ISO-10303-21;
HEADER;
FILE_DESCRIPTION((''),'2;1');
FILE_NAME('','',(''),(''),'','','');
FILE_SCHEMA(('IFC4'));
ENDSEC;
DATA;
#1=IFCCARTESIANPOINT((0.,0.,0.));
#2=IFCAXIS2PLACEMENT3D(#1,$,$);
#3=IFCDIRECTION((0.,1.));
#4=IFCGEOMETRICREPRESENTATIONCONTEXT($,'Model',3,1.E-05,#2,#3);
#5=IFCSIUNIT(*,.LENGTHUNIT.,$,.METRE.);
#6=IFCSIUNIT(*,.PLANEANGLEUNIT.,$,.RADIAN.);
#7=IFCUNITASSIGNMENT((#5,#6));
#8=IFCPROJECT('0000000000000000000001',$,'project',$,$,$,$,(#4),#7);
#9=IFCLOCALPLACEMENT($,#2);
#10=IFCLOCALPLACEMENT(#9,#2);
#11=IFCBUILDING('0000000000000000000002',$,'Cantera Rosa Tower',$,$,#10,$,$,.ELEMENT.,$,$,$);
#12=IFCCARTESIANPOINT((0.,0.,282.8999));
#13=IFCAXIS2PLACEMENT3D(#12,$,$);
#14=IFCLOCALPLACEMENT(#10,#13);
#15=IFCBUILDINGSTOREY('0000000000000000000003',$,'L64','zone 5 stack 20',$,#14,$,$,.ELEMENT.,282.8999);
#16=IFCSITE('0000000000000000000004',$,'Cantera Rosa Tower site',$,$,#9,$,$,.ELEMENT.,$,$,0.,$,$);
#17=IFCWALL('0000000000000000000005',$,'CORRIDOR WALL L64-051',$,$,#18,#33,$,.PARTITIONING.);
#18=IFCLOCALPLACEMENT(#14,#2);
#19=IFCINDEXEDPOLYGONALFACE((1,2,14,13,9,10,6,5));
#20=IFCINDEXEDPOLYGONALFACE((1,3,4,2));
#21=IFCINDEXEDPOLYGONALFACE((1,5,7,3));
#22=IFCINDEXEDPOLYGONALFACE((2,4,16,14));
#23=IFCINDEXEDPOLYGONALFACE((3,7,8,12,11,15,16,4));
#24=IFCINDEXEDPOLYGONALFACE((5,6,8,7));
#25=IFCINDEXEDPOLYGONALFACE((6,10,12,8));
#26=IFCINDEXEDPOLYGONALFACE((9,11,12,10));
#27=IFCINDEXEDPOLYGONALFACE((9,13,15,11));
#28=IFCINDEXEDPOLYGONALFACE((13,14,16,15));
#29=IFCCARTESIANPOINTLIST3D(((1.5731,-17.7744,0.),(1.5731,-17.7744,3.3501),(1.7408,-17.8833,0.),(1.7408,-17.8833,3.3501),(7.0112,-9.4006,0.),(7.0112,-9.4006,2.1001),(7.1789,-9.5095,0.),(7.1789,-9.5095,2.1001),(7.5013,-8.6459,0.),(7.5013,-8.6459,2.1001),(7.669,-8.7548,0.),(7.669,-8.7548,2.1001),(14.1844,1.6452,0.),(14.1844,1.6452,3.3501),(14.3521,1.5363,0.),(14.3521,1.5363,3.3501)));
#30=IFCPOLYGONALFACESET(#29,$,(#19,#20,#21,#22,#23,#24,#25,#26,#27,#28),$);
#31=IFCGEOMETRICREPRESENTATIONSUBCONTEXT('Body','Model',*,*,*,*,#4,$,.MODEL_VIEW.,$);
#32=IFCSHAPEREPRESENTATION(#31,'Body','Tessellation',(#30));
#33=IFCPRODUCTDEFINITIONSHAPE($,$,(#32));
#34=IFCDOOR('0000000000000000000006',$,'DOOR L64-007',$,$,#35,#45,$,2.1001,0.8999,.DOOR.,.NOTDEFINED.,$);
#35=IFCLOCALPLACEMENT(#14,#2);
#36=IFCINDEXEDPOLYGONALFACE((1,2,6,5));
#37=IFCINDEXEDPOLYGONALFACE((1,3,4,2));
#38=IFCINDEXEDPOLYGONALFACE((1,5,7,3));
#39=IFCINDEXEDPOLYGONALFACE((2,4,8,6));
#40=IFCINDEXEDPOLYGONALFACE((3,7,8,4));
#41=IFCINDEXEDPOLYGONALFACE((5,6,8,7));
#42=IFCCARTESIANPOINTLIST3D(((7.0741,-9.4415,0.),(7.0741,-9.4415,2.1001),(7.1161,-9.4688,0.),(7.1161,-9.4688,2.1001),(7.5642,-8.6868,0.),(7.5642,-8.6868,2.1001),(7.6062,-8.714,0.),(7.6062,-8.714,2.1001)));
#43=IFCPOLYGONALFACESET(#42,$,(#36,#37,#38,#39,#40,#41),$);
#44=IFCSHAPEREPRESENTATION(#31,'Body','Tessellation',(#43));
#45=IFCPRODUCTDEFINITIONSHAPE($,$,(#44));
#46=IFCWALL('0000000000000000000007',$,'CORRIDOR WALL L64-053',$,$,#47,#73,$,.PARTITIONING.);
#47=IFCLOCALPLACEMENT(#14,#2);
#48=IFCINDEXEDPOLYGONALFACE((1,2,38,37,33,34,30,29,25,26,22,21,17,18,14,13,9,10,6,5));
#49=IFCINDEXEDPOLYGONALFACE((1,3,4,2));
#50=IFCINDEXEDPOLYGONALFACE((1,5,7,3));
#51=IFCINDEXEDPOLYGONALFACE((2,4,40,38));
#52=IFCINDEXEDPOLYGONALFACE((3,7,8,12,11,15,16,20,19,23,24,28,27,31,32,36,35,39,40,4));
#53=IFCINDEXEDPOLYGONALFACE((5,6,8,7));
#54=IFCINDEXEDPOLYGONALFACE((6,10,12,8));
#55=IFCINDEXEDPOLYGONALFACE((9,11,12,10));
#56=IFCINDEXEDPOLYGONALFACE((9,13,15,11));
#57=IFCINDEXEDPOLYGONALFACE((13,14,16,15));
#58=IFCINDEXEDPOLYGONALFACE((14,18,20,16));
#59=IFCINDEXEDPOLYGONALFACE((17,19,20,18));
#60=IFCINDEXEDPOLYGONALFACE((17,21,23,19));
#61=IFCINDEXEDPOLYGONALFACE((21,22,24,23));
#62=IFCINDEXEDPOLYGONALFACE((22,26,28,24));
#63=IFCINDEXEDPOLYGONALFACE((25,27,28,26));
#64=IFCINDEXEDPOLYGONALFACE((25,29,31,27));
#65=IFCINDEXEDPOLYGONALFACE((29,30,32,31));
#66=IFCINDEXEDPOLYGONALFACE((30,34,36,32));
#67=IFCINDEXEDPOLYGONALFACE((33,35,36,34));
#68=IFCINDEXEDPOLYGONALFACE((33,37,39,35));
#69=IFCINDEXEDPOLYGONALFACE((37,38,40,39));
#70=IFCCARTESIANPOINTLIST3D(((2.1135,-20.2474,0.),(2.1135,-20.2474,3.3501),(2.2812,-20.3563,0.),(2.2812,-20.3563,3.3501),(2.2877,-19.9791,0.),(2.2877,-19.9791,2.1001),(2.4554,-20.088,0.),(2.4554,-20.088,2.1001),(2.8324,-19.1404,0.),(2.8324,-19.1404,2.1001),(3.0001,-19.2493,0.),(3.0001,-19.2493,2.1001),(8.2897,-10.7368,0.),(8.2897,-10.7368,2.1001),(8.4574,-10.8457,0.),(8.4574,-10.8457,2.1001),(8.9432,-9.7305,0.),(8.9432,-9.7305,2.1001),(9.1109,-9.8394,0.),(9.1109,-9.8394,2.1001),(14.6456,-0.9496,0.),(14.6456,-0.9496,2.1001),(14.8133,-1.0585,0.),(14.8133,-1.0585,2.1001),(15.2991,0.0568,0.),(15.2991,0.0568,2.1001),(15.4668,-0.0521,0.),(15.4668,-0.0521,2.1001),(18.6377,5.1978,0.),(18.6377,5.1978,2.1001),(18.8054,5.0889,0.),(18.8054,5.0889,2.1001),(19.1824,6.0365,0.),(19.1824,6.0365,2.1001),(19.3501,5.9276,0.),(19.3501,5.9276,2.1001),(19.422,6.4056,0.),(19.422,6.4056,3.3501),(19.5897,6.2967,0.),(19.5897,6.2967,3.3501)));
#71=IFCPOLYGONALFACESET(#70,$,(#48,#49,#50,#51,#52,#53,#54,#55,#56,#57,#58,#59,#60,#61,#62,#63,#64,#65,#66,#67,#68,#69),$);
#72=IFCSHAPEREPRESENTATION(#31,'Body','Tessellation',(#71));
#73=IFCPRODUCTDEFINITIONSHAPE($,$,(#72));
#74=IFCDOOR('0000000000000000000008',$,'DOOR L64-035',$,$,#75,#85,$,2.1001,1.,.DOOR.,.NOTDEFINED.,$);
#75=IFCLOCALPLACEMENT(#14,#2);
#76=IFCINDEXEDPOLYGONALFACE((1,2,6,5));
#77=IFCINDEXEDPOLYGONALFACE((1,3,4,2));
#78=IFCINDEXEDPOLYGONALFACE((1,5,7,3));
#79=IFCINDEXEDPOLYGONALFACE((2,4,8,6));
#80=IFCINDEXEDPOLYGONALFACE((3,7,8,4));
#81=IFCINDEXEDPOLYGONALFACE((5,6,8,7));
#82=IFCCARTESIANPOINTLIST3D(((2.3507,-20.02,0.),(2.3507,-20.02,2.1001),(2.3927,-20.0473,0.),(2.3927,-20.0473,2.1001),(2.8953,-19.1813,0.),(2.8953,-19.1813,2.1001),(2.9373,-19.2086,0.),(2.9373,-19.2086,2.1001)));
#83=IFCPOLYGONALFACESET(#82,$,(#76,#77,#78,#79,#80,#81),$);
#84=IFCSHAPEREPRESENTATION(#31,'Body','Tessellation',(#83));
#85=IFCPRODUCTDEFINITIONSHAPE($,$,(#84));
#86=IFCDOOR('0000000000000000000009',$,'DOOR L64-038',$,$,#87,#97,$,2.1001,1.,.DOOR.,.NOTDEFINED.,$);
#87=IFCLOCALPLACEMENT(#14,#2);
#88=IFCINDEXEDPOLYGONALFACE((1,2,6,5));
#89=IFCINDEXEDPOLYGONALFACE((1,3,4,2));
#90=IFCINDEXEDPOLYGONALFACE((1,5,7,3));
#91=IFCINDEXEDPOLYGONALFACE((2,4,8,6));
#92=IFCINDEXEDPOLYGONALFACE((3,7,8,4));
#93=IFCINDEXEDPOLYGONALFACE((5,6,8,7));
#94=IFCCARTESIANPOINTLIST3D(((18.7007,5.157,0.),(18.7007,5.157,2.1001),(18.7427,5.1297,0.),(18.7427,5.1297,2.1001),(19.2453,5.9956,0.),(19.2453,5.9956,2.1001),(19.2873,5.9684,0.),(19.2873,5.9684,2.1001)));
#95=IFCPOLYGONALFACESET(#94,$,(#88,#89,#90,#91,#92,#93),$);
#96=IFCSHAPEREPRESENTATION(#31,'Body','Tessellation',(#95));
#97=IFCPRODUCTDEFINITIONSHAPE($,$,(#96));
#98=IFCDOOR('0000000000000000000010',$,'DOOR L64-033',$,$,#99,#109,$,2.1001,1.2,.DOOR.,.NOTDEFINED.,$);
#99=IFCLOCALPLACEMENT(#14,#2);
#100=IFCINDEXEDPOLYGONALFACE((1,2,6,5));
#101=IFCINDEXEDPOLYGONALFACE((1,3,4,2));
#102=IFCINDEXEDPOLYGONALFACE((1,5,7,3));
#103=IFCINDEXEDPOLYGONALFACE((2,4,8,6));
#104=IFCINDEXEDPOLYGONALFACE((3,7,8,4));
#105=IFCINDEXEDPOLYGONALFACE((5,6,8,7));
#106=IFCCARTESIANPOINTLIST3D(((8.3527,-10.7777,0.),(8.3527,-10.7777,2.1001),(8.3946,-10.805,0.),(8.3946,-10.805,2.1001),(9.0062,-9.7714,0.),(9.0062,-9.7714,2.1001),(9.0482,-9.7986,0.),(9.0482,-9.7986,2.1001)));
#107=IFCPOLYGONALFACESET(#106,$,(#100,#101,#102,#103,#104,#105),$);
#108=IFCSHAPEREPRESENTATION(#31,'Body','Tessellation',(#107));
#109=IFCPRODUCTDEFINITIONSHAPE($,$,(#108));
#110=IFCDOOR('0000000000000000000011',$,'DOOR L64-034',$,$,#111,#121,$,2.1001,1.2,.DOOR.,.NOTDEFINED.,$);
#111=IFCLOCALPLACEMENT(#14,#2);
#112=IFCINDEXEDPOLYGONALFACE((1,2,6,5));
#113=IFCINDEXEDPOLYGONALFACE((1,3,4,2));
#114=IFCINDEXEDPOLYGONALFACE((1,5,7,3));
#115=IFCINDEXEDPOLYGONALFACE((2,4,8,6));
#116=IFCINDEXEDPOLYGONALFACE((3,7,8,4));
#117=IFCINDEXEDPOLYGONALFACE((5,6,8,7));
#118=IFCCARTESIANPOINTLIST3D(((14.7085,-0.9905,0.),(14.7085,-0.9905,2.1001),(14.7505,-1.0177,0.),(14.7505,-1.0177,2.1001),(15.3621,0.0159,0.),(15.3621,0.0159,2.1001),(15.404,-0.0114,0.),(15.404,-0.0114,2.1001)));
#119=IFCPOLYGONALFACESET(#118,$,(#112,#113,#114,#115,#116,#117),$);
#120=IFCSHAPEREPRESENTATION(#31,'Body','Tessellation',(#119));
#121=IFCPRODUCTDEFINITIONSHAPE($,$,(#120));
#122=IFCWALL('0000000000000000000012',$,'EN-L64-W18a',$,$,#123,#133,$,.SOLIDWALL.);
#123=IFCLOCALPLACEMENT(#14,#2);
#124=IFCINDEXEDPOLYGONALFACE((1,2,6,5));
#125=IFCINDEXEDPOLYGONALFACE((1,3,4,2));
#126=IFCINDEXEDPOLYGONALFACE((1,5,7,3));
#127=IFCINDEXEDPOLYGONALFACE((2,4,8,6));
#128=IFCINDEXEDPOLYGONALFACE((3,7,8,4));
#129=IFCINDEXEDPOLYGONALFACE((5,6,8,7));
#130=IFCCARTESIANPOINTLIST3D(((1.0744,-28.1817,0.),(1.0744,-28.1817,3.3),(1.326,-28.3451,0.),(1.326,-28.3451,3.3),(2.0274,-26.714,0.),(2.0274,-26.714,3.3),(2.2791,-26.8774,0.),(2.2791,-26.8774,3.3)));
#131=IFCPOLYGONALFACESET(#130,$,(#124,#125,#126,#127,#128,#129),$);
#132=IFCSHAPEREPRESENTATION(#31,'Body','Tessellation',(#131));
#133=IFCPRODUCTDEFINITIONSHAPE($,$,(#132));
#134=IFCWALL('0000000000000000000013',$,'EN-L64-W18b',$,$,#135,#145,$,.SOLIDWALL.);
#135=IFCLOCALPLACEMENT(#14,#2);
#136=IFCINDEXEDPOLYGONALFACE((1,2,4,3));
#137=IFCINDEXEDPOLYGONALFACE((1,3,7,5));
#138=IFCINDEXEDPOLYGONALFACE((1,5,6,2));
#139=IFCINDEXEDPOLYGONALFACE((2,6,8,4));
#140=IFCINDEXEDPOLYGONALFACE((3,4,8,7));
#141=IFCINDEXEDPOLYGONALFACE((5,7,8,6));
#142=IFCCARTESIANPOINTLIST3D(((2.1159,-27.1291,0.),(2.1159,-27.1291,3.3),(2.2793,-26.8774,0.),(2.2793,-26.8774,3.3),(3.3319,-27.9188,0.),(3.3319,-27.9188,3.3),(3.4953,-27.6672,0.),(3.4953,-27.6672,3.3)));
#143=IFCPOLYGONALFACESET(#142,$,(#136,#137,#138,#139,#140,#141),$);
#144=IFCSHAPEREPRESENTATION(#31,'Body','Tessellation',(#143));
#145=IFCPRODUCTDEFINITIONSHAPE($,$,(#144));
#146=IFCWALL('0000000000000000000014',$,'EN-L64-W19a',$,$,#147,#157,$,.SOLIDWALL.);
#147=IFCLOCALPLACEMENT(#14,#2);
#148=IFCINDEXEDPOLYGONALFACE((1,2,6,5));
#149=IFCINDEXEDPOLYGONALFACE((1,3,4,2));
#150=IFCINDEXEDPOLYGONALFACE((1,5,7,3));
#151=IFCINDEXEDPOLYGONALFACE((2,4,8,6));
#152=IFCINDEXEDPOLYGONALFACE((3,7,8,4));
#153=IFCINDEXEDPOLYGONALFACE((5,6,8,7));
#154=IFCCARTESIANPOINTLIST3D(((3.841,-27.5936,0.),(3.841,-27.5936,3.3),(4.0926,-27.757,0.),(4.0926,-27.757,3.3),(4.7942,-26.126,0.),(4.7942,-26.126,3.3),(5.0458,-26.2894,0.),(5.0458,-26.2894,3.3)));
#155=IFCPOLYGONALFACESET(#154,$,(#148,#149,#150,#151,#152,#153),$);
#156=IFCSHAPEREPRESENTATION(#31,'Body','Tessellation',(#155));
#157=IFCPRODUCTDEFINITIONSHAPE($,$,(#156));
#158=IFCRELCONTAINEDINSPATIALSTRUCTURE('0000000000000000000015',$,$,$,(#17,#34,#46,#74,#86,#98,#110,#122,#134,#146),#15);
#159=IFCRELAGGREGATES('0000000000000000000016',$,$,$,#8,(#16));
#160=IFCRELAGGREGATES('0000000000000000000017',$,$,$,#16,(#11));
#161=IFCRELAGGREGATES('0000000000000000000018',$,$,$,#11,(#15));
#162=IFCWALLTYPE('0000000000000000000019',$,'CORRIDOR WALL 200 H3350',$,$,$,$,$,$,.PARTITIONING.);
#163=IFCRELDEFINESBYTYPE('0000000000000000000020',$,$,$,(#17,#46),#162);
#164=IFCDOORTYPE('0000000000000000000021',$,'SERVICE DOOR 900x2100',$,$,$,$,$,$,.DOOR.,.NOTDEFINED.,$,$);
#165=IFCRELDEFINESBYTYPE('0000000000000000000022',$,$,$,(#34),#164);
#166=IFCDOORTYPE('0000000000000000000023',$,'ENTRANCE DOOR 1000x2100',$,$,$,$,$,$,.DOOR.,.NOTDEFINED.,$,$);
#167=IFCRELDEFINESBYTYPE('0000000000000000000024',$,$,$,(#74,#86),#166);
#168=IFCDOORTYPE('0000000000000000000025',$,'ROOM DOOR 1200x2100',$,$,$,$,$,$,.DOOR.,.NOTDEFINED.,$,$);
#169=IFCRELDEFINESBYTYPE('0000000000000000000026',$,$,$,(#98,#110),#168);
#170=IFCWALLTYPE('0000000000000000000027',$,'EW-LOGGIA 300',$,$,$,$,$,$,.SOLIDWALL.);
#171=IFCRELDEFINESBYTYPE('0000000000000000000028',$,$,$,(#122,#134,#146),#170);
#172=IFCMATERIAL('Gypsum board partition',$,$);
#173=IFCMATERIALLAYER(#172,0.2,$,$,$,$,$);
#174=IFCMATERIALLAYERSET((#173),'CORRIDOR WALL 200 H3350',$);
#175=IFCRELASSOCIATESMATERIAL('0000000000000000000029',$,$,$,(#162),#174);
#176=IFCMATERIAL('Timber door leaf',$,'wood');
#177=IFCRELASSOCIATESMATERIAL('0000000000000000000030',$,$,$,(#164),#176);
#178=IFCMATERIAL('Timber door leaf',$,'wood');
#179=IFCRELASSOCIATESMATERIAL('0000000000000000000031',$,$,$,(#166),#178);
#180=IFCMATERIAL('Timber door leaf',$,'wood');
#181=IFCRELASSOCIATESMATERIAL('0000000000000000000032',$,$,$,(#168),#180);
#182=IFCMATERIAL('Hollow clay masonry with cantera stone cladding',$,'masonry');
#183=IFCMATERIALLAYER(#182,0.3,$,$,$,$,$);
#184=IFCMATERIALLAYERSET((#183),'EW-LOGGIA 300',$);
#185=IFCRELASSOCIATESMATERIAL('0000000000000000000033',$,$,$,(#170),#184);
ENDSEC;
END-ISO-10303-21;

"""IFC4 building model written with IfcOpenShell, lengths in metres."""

from ifc_helpers import new_model, si_unit, direction, frame, frame_2d, origin, place, context, subcontext, project, spatial, rectangle, extrude, material, layer, layer_set, type_object, element, fill, save


model = new_model("IFC4")

# Units and contexts
model_context = context("Model", 3, precision=1e-05, world=origin(), true_north=direction((0.0, 1.0)))
body_context = subcontext(model_context, "Body", "Model", "MODEL_VIEW")
ifc_project = project(units=[si_unit("LENGTHUNIT", "METRE"), si_unit("PLANEANGLEUNIT", "RADIAN")], contexts=[model_context])

# Site, building, storey
site_placement = place(None, origin())
site = spatial("IfcSite", under=ifc_project, at=site_placement, Name="Cantera Rosa Tower site", CompositionType="ELEMENT", RefElevation=0.0)
building_placement = place(site_placement, origin())
building = spatial("IfcBuilding", under=site, at=building_placement, Name="Cantera Rosa Tower", CompositionType="ELEMENT")
storey_placement = place(building_placement, frame((0.0, 0.0, 282.8999)))
storey = spatial("IfcBuildingStorey", under=building, at=storey_placement, Name="L64", Description="zone 5 stack 20", CompositionType="ELEMENT", Elevation=282.8999)

# Wall, opening, door
ifc_material_1 = material(Name="Gypsum board partition")
ifc_layer_1 = layer(ifc_material_1, 0.2)
ifc_layer_set_1 = layer_set([ifc_layer_1], Name="CORRIDOR WALL 200 H3350")
wall_type_1 = type_object("IfcWallType", Name="CORRIDOR WALL 200 H3350", PredefinedType="PARTITIONING", material=ifc_layer_set_1)
wall_1_placement = place(storey_placement, frame((1.657, -17.8289, 0.0), z_axis=(0.0, 0.0, 1.0), x_axis=(0.54464, 0.83867, 0.0)))
wall_1 = element("IfcWall", 1, at=wall_1_placement, inside=storey, type_object=wall_type_1, Name="CORRIDOR WALL L64-051", PredefinedType="PARTITIONING", context=body_context, shape_type="SweptSolid", body=[
    extrude(rectangle(XDim=23.1553, YDim=0.2, at=frame_2d((11.5776, 0.0))), origin(), (0.0, 0.0, 1.0), 3.3501),
])
opening_1_placement = place(wall_1_placement, frame((9.9846, 0.0, 0.0)))
opening_1 = element("IfcOpeningElement", 2, at=opening_1_placement, cuts=wall_1, PredefinedType="OPENING", context=body_context, shape_type="SweptSolid", body=[
    extrude(rectangle(XDim=0.8999, YDim=2.1001, at=frame_2d((0.45, 1.05))), frame((0.0, 0.1099, 0.0), z_axis=(0.0, -1.0, 0.0), x_axis=(1.0, 0.0, 0.0)), (0.0, 0.0, 1.0), 0.22),
])
ifc_material_2 = material(Name="Timber door leaf", Category="wood")
door_type_1 = type_object("IfcDoorType", Name="SERVICE DOOR 900x2100", OperationType="NOTDEFINED", PredefinedType="DOOR", material=ifc_material_2)
door_1_placement = place(opening_1_placement, origin())
door_1 = element("IfcDoor", 3, at=door_1_placement, inside=storey, type_object=door_type_1, Name="DOOR L64-007", OperationType="NOTDEFINED", OverallHeight=2.1001, OverallWidth=0.8999, PredefinedType="DOOR", context=body_context, shape_type="SweptSolid", body=[
    extrude(rectangle(XDim=0.8999, YDim=2.1001, at=frame_2d((0.45, 1.05))), frame((0.0, 0.0249, 0.0), z_axis=(0.0, -1.0, 0.0), x_axis=(1.0, 0.0, 0.0)), (0.0, 0.0, 1.0), 0.05),
])
fill(opening_1, door_1)

# Wall, openings, doors
wall_2_placement = place(storey_placement, frame((2.1973, -20.302, 0.0), z_axis=(0.0, 0.0, 1.0), x_axis=(0.544636, 0.838672, 0.0)))
wall_2 = element("IfcWall", 4, at=wall_2_placement, inside=storey, type_object=wall_type_1, Name="CORRIDOR WALL L64-053", PredefinedType="PARTITIONING", context=body_context, shape_type="SweptSolid", body=[
    extrude(rectangle(XDim=31.78, YDim=0.2, at=frame_2d((15.8901, 0.0))), origin(), (0.0, 0.0, 1.0), 3.3501),
])
opening_2_placement = place(wall_2_placement, frame((11.3401, 0.0, 0.0)))
opening_2 = element("IfcOpeningElement", 5, at=opening_2_placement, cuts=wall_2, PredefinedType="OPENING", context=body_context, shape_type="SweptSolid", body=[
    extrude(rectangle(XDim=1.2, YDim=2.1001, at=frame_2d((0.6001, 1.05))), frame((0.0, 0.1099, 0.0), z_axis=(0.0, -1.0, 0.0), x_axis=(1.0, 0.0, 0.0)), (0.0, 0.0, 1.0), 0.22),
])
opening_3_placement = place(wall_2_placement, frame((23.01, 0.0, 0.0)))
opening_3 = element("IfcOpeningElement", 6, at=opening_3_placement, cuts=wall_2, PredefinedType="OPENING", context=body_context, shape_type="SweptSolid", body=[
    extrude(rectangle(XDim=1.2, YDim=2.1001, at=frame_2d((0.6001, 1.05))), frame((0.0, 0.1099, 0.0), z_axis=(0.0, -1.0, 0.0), x_axis=(1.0, 0.0, 0.0)), (0.0, 0.0, 1.0), 0.22),
])
opening_4_placement = place(wall_2_placement, frame((0.3201, 0.0, 0.0)))
opening_4 = element("IfcOpeningElement", 7, at=opening_4_placement, cuts=wall_2, PredefinedType="OPENING", context=body_context, shape_type="SweptSolid", body=[
    extrude(rectangle(XDim=1.0, YDim=2.1001, at=frame_2d((0.5, 1.05))), frame((0.0, 0.1099, 0.0), z_axis=(0.0, -1.0, 0.0), x_axis=(1.0, 0.0, 0.0)), (0.0, 0.0, 1.0), 0.22),
])
opening_5_placement = place(wall_2_placement, frame((30.3401, 0.0, 0.0)))
opening_5 = element("IfcOpeningElement", 8, at=opening_5_placement, cuts=wall_2, PredefinedType="OPENING", context=body_context, shape_type="SweptSolid", body=[
    extrude(rectangle(XDim=1.0, YDim=2.1001, at=frame_2d((0.5, 1.05))), frame((0.0, 0.1099, 0.0), z_axis=(0.0, -1.0, 0.0), x_axis=(1.0, 0.0, 0.0)), (0.0, 0.0, 1.0), 0.22),
])
ifc_material_3 = material(Name="Timber door leaf", Category="wood")
door_type_2 = type_object("IfcDoorType", Name="ENTRANCE DOOR 1000x2100", OperationType="NOTDEFINED", PredefinedType="DOOR", material=ifc_material_3)
door_2_placement = place(opening_4_placement, origin())
door_2 = element("IfcDoor", 9, at=door_2_placement, inside=storey, type_object=door_type_2, Name="DOOR L64-035", OperationType="NOTDEFINED", OverallHeight=2.1001, OverallWidth=1.0, PredefinedType="DOOR", context=body_context, shape_type="SweptSolid", body=[
    extrude(rectangle(XDim=1.0, YDim=2.1001, at=frame_2d((0.5, 1.05))), frame((0.0, 0.0249, 0.0), z_axis=(0.0, -1.0, 0.0), x_axis=(1.0, 0.0, 0.0)), (0.0, 0.0, 1.0), 0.05),
])
fill(opening_4, door_2)
door_3_placement = place(opening_5_placement, origin())
door_3 = element("IfcDoor", 10, at=door_3_placement, inside=storey, type_object=door_type_2, Name="DOOR L64-038", OperationType="NOTDEFINED", OverallHeight=2.1001, OverallWidth=1.0, PredefinedType="DOOR", context=body_context, shape_type="SweptSolid", body=[
    extrude(rectangle(XDim=1.0, YDim=2.1001, at=frame_2d((0.5, 1.05))), frame((0.0, 0.0249, 0.0), z_axis=(0.0, -1.0, 0.0), x_axis=(1.0, 0.0, 0.0)), (0.0, 0.0, 1.0), 0.05),
])
fill(opening_5, door_3)
ifc_material_4 = material(Name="Timber door leaf", Category="wood")
door_type_3 = type_object("IfcDoorType", Name="ROOM DOOR 1200x2100", OperationType="NOTDEFINED", PredefinedType="DOOR", material=ifc_material_4)
door_4_placement = place(opening_2_placement, origin())
door_4 = element("IfcDoor", 11, at=door_4_placement, inside=storey, type_object=door_type_3, Name="DOOR L64-033", OperationType="NOTDEFINED", OverallHeight=2.1001, OverallWidth=1.2, PredefinedType="DOOR", context=body_context, shape_type="SweptSolid", body=[
    extrude(rectangle(XDim=1.2, YDim=2.1001, at=frame_2d((0.6001, 1.05))), frame((0.0, 0.0249, 0.0), z_axis=(0.0, -1.0, 0.0), x_axis=(1.0, 0.0, 0.0)), (0.0, 0.0, 1.0), 0.05),
])
fill(opening_2, door_4)
door_5_placement = place(opening_3_placement, origin())
door_5 = element("IfcDoor", 12, at=door_5_placement, inside=storey, type_object=door_type_3, Name="DOOR L64-034", OperationType="NOTDEFINED", OverallHeight=2.1001, OverallWidth=1.2, PredefinedType="DOOR", context=body_context, shape_type="SweptSolid", body=[
    extrude(rectangle(XDim=1.2, YDim=2.1001, at=frame_2d((0.6001, 1.05))), frame((0.0, 0.0249, 0.0), z_axis=(0.0, -1.0, 0.0), x_axis=(1.0, 0.0, 0.0)), (0.0, 0.0, 1.0), 0.05),
])
fill(opening_3, door_5)

# Walls
ifc_material_5 = material(Name="Hollow clay masonry with cantera stone cladding", Category="masonry")
ifc_layer_2 = layer(ifc_material_5, 0.3)
ifc_layer_set_2 = layer_set([ifc_layer_2], Name="EW-LOGGIA 300")
wall_type_2 = type_object("IfcWallType", Name="EW-LOGGIA 300", PredefinedType="SOLIDWALL", material=ifc_layer_set_2)
wall_3_placement = place(storey_placement, frame((1.2002, -28.2634, 0.0), z_axis=(0.0, 0.0, 1.0), x_axis=(0.544616, 0.838686, 0.0)))
element("IfcWall", 13, at=wall_3_placement, inside=storey, type_object=wall_type_2, Name="EN-L64-W18a", PredefinedType="SOLIDWALL", context=body_context, shape_type="SweptSolid", body=[
    extrude(rectangle(XDim=1.75, YDim=0.3, at=frame_2d((0.875, 0.0))), origin(), (0.0, 0.0, 1.0), 3.3),
])
wall_4_placement = place(storey_placement, frame((2.1975, -27.0032, 0.0), z_axis=(0.0, 0.0, 1.0), x_axis=(0.838647, -0.544675, 0.0)))
element("IfcWall", 14, at=wall_4_placement, inside=storey, type_object=wall_type_2, Name="EN-L64-W18b", PredefinedType="SOLIDWALL", context=body_context, shape_type="SweptSolid", body=[
    extrude(rectangle(XDim=1.45, YDim=0.3, at=frame_2d((0.7251, 0.0))), origin(), (0.0, 0.0, 1.0), 3.3),
])
wall_5_placement = place(storey_placement, frame((3.9668, -27.6753, 0.0), z_axis=(0.0, 0.0, 1.0), x_axis=(0.544679, 0.838644, 0.0)))
element("IfcWall", 15, at=wall_5_placement, inside=storey, type_object=wall_type_2, Name="EN-L64-W19a", PredefinedType="SOLIDWALL", context=body_context, shape_type="SweptSolid", body=[
    extrude(rectangle(XDim=1.75, YDim=0.3, at=frame_2d((0.875, 0.0))), origin(), (0.0, 0.0, 1.0), 3.3),
])

save(model, "model.ifc")
